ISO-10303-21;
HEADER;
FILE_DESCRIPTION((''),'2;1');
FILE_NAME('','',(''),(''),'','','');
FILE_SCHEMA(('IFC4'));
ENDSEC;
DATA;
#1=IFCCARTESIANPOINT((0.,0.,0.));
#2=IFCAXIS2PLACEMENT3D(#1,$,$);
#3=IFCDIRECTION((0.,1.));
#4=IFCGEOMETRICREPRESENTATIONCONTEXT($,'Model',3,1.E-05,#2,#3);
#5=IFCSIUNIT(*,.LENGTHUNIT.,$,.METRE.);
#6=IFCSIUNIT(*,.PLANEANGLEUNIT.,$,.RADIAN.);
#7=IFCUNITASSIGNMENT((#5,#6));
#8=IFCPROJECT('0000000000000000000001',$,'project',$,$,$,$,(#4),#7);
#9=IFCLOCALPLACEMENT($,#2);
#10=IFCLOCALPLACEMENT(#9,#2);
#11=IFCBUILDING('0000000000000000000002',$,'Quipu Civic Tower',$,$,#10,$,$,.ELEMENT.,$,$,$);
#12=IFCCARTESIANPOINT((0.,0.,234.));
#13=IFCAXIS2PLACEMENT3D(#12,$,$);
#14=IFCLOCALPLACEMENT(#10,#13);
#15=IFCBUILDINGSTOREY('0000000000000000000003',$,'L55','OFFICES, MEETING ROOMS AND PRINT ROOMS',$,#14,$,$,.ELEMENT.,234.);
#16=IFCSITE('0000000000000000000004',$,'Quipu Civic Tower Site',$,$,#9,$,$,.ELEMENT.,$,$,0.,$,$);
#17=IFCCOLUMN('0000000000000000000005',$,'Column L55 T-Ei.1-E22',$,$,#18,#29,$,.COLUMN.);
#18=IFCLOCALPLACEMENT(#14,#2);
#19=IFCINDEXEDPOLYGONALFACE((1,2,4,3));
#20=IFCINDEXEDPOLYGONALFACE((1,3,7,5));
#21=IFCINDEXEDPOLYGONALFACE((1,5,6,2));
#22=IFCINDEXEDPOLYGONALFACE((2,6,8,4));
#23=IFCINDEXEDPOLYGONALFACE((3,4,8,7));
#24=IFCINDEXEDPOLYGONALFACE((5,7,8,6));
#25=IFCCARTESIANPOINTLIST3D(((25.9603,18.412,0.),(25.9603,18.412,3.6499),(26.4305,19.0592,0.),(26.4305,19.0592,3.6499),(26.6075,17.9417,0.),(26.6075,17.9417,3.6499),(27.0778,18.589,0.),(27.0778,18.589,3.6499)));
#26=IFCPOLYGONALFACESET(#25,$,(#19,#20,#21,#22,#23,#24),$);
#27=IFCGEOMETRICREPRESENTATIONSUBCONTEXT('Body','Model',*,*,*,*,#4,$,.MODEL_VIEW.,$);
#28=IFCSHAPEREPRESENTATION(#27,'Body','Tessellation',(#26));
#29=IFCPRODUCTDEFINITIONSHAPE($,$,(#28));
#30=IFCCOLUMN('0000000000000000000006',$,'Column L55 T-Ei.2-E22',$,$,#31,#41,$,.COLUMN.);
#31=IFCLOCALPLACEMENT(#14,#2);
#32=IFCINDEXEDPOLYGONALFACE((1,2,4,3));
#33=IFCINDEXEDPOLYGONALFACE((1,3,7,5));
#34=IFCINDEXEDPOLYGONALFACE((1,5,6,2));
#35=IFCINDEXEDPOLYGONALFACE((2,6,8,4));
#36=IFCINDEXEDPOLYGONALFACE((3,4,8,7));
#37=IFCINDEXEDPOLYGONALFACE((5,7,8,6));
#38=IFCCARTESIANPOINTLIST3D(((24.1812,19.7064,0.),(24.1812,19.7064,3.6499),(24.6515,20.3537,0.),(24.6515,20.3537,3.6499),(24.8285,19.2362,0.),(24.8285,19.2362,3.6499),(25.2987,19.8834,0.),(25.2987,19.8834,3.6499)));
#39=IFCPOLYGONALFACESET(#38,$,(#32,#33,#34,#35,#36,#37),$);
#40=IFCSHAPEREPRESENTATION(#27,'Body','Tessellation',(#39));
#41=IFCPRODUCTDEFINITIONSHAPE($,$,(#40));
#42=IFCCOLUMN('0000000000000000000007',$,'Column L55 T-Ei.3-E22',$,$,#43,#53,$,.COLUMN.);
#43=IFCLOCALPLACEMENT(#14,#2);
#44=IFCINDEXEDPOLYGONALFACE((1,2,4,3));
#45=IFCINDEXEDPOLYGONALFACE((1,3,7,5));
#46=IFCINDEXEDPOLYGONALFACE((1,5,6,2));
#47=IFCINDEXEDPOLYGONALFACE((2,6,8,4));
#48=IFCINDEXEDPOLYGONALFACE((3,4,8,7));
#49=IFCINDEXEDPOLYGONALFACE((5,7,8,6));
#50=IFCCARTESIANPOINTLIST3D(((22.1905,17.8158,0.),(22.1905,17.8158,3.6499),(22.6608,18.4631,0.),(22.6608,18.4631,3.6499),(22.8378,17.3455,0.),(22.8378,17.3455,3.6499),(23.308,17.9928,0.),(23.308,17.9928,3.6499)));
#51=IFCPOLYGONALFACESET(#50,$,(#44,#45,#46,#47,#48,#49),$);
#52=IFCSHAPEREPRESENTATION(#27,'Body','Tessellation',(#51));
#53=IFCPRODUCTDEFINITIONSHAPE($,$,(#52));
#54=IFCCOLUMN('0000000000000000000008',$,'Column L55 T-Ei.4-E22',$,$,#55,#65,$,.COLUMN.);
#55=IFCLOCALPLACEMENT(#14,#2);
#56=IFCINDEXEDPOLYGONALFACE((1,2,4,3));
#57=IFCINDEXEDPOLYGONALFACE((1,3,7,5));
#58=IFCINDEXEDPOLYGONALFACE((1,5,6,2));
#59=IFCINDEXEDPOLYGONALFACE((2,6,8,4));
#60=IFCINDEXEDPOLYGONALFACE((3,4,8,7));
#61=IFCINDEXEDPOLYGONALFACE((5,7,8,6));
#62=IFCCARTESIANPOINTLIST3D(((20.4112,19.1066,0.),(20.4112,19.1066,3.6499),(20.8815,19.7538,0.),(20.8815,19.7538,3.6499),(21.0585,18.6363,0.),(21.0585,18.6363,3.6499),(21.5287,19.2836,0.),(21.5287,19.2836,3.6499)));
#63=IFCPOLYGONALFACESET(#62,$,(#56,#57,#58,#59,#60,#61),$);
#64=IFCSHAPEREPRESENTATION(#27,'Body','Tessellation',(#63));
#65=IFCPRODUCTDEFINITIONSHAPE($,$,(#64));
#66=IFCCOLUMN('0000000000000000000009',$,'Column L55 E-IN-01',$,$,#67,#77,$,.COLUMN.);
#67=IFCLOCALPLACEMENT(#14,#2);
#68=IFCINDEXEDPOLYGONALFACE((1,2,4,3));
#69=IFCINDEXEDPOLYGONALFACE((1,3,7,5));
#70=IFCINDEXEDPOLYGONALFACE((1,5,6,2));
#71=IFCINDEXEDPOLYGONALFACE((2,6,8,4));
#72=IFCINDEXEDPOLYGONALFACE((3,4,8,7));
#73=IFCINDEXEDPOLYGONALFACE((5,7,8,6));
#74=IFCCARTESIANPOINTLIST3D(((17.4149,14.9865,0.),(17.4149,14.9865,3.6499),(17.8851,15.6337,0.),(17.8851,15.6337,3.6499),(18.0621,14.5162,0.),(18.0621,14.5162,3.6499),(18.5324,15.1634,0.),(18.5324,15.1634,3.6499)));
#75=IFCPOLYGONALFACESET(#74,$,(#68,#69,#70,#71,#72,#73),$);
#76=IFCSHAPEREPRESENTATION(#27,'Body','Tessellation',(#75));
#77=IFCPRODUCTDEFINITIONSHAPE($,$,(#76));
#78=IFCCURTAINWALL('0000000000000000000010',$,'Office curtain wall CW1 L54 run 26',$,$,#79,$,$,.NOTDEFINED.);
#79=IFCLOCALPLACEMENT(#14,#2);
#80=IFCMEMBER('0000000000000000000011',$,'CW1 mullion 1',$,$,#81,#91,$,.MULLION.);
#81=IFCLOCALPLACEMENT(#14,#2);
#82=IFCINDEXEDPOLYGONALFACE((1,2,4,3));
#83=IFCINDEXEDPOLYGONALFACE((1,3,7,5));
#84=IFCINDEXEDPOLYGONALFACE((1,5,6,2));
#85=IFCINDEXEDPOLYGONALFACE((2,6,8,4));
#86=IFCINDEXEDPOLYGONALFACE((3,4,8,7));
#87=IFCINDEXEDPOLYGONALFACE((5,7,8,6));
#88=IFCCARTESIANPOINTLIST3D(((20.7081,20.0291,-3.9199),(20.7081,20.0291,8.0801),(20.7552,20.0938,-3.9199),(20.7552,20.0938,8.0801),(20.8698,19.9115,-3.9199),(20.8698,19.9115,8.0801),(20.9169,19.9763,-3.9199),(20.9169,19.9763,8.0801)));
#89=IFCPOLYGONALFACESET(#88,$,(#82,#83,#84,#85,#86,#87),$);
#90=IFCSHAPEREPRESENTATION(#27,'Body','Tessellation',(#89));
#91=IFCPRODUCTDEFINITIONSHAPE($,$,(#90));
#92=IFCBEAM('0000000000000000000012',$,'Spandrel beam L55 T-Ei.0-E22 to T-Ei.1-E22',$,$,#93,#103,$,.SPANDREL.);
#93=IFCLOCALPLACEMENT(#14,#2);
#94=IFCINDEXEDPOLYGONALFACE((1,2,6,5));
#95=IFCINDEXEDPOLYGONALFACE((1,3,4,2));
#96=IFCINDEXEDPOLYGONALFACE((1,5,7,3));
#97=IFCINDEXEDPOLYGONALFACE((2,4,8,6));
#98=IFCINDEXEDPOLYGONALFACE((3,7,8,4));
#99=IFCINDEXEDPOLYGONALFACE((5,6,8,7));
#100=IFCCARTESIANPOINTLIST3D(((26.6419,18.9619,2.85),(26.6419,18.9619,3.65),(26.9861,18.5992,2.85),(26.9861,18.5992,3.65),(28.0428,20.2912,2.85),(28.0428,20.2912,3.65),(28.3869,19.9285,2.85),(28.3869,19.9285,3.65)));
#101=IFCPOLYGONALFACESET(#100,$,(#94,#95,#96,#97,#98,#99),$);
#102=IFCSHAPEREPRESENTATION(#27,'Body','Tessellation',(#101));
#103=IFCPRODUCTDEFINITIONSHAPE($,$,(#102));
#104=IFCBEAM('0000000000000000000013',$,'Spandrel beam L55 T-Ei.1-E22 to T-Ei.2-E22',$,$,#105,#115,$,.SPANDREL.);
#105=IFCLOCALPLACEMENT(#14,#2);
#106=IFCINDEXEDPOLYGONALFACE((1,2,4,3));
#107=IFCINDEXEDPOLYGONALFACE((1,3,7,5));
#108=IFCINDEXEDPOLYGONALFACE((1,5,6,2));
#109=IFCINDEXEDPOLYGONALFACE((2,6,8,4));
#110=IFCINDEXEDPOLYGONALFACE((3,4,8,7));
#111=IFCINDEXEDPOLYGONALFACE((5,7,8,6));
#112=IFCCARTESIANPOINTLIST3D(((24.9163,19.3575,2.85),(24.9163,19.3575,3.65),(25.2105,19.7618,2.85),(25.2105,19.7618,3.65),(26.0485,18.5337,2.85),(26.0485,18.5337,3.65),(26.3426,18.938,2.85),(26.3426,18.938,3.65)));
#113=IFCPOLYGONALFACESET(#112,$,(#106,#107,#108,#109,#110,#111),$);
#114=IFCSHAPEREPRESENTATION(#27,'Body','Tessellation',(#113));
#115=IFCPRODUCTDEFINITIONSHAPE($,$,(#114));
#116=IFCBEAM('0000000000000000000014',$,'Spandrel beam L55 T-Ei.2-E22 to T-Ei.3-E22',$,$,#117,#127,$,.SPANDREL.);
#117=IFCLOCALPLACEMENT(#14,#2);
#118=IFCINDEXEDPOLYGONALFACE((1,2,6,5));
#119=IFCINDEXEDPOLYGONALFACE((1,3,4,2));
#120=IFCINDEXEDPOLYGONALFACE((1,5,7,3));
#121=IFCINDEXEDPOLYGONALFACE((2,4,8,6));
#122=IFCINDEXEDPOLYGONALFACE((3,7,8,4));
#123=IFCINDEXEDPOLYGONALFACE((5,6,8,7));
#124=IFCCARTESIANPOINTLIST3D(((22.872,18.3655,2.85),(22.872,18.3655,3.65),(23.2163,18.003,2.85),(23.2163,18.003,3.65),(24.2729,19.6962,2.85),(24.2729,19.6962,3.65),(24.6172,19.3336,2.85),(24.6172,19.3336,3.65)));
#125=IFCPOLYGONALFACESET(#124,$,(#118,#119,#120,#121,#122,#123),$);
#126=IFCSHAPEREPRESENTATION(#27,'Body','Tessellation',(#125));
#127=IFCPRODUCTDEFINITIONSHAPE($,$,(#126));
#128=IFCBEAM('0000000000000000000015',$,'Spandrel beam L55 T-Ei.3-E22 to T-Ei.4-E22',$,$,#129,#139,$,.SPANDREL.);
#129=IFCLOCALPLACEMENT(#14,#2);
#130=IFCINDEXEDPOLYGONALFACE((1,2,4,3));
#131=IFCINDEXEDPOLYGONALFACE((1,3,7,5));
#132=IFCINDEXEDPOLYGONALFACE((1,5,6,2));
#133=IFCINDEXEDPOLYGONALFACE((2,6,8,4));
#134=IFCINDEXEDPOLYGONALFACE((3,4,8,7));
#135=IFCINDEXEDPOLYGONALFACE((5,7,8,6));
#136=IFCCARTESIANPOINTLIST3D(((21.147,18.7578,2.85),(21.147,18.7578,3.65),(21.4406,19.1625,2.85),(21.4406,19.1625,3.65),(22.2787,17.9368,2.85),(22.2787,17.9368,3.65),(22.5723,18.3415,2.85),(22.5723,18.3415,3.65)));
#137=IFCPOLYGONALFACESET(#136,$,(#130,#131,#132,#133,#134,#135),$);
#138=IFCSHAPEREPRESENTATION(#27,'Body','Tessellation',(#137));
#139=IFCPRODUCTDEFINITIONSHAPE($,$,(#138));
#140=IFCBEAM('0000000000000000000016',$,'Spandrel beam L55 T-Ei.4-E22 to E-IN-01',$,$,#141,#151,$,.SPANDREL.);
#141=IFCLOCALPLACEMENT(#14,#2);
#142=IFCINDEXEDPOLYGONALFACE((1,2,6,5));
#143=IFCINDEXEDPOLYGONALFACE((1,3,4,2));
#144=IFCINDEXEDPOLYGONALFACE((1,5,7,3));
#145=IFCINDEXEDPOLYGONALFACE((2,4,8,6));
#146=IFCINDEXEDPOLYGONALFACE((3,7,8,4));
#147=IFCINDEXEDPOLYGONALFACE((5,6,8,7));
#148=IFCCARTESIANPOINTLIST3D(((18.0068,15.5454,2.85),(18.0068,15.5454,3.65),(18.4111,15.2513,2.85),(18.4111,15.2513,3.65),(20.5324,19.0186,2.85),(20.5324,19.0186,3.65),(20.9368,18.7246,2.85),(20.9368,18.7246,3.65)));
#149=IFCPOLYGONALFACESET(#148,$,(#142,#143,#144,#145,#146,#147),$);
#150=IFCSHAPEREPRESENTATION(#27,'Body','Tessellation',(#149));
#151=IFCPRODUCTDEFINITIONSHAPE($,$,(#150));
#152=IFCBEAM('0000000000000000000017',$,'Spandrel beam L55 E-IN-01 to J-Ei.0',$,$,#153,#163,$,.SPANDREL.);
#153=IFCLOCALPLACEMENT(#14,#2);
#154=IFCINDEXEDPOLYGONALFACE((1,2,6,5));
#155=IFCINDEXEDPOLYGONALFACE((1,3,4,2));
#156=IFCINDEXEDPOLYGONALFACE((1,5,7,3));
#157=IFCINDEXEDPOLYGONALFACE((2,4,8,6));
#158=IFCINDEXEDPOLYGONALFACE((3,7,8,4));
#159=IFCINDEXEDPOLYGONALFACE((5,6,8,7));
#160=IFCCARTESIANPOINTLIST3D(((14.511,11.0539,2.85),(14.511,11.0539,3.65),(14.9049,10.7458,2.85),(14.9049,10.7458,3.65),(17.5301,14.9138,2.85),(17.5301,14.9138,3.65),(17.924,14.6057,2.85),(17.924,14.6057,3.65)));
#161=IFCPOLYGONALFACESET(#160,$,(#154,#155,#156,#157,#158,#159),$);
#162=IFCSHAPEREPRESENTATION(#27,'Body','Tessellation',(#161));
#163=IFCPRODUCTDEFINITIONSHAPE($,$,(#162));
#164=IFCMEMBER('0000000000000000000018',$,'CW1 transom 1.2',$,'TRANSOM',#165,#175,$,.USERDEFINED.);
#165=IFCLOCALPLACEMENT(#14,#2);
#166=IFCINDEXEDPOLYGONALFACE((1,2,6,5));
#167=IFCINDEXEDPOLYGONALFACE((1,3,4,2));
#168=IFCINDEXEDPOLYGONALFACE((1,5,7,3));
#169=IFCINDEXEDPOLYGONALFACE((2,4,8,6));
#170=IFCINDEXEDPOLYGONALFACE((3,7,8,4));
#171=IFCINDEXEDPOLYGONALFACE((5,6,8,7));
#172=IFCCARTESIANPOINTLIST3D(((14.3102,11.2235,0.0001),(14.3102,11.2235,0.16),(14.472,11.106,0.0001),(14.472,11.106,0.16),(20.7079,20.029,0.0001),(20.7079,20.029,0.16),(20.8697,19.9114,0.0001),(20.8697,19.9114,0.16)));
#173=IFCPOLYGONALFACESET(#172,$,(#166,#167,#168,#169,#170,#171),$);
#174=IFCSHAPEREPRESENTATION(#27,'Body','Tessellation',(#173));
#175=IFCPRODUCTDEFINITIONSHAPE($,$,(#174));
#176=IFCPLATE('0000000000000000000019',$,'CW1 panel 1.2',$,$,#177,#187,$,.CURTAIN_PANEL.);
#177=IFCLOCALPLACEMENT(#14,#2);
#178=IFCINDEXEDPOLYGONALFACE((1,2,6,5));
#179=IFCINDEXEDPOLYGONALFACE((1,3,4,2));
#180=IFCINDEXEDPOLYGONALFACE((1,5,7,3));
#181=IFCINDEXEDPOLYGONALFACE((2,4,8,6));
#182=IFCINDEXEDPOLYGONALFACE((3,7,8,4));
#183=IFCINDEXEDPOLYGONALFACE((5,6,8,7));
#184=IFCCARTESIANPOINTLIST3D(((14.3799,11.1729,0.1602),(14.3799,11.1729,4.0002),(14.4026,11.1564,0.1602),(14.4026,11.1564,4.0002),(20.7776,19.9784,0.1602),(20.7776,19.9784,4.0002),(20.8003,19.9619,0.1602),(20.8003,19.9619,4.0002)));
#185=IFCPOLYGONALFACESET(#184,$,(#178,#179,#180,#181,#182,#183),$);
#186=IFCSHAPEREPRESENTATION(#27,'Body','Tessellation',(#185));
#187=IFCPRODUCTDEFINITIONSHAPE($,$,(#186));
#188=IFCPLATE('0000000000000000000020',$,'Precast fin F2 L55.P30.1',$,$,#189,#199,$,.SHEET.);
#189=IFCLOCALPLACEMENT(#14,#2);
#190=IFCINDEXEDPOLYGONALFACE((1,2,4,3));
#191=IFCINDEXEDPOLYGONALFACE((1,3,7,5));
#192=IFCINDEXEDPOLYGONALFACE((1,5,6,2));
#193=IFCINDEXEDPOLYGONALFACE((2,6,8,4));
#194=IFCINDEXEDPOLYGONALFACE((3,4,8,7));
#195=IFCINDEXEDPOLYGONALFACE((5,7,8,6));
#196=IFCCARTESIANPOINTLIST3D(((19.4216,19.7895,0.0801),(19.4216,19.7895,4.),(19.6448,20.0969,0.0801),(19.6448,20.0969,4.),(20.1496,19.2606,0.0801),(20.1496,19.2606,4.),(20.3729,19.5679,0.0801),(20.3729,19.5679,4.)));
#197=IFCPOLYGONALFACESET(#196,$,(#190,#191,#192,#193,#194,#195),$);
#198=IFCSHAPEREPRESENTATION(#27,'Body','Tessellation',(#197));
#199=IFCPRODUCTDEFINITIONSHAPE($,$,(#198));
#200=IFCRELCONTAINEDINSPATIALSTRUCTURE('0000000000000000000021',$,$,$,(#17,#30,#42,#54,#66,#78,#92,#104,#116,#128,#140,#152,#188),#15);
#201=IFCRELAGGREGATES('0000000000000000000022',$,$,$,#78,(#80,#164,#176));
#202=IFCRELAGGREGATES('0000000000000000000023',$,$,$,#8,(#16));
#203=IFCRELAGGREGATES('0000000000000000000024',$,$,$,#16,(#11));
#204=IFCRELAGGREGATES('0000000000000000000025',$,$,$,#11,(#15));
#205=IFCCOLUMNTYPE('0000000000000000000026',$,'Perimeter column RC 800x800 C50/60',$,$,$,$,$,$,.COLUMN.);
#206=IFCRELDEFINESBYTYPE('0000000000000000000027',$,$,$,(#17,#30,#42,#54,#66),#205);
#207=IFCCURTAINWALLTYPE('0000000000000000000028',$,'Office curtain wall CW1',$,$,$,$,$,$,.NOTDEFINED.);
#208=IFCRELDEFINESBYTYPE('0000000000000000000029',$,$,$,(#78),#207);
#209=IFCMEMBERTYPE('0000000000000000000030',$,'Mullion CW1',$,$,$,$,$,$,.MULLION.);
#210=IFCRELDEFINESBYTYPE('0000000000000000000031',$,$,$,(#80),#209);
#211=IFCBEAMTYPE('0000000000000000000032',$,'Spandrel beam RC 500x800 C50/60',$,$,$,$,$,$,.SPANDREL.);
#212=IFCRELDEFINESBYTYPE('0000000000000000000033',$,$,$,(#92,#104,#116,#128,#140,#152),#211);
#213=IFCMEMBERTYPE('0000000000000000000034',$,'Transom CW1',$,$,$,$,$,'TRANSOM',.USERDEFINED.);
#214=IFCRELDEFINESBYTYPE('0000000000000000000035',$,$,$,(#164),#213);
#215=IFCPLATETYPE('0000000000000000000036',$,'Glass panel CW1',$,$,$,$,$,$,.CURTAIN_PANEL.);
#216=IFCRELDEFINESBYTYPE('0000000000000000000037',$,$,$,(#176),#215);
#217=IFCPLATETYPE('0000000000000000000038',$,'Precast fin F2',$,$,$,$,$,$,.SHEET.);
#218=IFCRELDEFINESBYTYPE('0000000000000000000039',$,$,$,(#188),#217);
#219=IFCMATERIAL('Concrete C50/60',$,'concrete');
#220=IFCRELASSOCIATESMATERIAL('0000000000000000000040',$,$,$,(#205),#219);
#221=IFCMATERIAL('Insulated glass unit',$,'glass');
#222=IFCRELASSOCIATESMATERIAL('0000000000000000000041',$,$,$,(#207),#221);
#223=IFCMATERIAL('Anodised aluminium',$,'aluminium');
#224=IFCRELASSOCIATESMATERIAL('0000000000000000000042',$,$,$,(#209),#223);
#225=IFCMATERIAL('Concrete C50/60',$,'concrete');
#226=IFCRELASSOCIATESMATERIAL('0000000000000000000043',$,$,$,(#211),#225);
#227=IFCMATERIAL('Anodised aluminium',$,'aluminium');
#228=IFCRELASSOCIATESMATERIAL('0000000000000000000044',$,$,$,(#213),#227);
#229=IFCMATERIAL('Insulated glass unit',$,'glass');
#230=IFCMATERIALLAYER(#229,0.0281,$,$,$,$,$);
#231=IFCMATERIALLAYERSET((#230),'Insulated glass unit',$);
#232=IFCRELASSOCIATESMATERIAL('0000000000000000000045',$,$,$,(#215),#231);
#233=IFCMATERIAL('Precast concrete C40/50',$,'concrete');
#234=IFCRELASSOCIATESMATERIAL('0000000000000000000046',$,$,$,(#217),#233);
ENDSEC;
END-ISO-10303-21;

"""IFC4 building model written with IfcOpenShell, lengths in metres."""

from ifc_helpers import new_model, si_unit, direction, frame, origin, origin_2d, place, context, subcontext, project, spatial, rectangle, extrude, material, layer, layer_set, material_profile, profile_set, type_object, element, aggregate, save


model = new_model("IFC4")

# Units and contexts
model_context = context("Model", 3, precision=1e-05, world=origin(), true_north=direction((0.0, 1.0)))
body_context = subcontext(model_context, "Body", "Model", "MODEL_VIEW")
ifc_project = project(units=[si_unit("LENGTHUNIT", "METRE"), si_unit("PLANEANGLEUNIT", "RADIAN")], contexts=[model_context])

# Site, building, storey
site_placement = place(None, origin())
site = spatial("IfcSite", under=ifc_project, at=site_placement, Name="Quipu Civic Tower Site", CompositionType="ELEMENT", RefElevation=0.0)
building_placement = place(site_placement, origin())
building = spatial("IfcBuilding", under=site, at=building_placement, Name="Quipu Civic Tower", CompositionType="ELEMENT")
storey_placement = place(building_placement, frame((0.0, 0.0, 234.0)))
storey = spatial("IfcBuildingStorey", under=building, at=storey_placement, Name="L55", Description="OFFICES, MEETING ROOMS AND PRINT ROOMS", CompositionType="ELEMENT", Elevation=234.0)

# Columns
ifc_material_1 = material(Name="Concrete C50/60", Category="concrete")
ifc_material_profile_1 = material_profile(ifc_material_1, rectangle(XDim=0.8, YDim=0.8, at=origin_2d()), Name="RC800x800")
ifc_profile_set_1 = profile_set([ifc_material_profile_1], Name="Concrete C50/60")
column_type = type_object("IfcColumnType", Name="Perimeter column RC 800x800 C50/60", PredefinedType="COLUMN", material=ifc_profile_set_1)
for number, where, z_axis, x_axis, name in (
    (1, (26.519, 18.5005, 0.0), (0.0, 0.0, 1.0), (-0.809017, 0.587785, 0.0), "Column L55 T-Ei.1-E22"),
    (2, (24.74, 19.7949, 0.0), (0.0, 0.0, 1.0), (-0.587785, -0.809017, 0.0), "Column L55 T-Ei.2-E22"),
    (3, (22.7493, 17.9043, 0.0), (0.0, 0.0, 1.0), (-0.587785, -0.809017, 0.0), "Column L55 T-Ei.3-E22"),
    (4, (20.97, 19.1951, 0.0), (0.0, 0.0, 1.0), (-0.587785, -0.809017, 0.0), "Column L55 T-Ei.4-E22"),
    (5, (17.9736, 15.075, 0.0), (0.0, 0.0, 1.0), (-0.587785, -0.809017, 0.0), "Column L55 E-IN-01"),
):
    element("IfcColumn", number, at=place(storey_placement, frame(where, z_axis=z_axis, x_axis=x_axis)), inside=storey, type_object=column_type, Name=name, PredefinedType="COLUMN", context=body_context, shape_type="SweptSolid", body=[
        extrude(rectangle(XDim=0.8, YDim=0.8, at=origin_2d()), origin(), (0.0, 0.0, 1.0), 3.6499),
    ])

# Curtain wall, member
ifc_material_2 = material(Name="Insulated glass unit", Category="glass")
curtain_wall_type = type_object("IfcCurtainWallType", Name="Office curtain wall CW1", PredefinedType="NOTDEFINED", material=ifc_material_2)
curtain_wall_placement = place(storey_placement, origin())
curtain_wall = element("IfcCurtainWall", 6, at=curtain_wall_placement, inside=storey, type_object=curtain_wall_type, Name="Office curtain wall CW1 L54 run 26", PredefinedType="NOTDEFINED")
ifc_material_3 = material(Name="Anodised aluminium", Category="aluminium")
ifc_material_profile_2 = material_profile(ifc_material_3, rectangle(XDim=0.2, YDim=0.0801, at=origin_2d()), Name="RECT 200x80")
ifc_profile_set_2 = profile_set([ifc_material_profile_2], Name="Anodised aluminium")
member_type_1 = type_object("IfcMemberType", Name="Mullion CW1", PredefinedType="MULLION", material=ifc_profile_set_2)
member_1_placement = place(storey_placement, frame((20.8125, 20.0027, -3.9199), z_axis=(0.0, 0.0, 1.0), x_axis=(0.809015, -0.587788, 0.0)))
member_1 = element("IfcMember", 7, at=member_1_placement, type_object=member_type_1, Name="CW1 mullion 1", PredefinedType="MULLION", context=body_context, shape_type="SweptSolid", body=[
    extrude(rectangle(XDim=0.2, YDim=0.0801, at=origin_2d()), origin(), (0.0, 0.0, 1.0), 12.0),
])

# Beams
ifc_material_4 = material(Name="Concrete C50/60", Category="concrete")
ifc_material_profile_3 = material_profile(ifc_material_4, rectangle(XDim=0.5, YDim=0.8, at=origin_2d()), Name="RC500x800")
ifc_profile_set_3 = profile_set([ifc_material_profile_3], Name="Concrete C50/60")
beam_type = type_object("IfcBeamType", Name="Spandrel beam RC 500x800 C50/60", PredefinedType="SPANDREL", material=ifc_profile_set_3)
beam_1_placement = place(storey_placement, frame((28.2148, 20.1099, 3.25), z_axis=(-0.725384, -0.688344, 0.0), x_axis=(0.688344, -0.725384, 0.0)))
element("IfcBeam", 8, at=beam_1_placement, inside=storey, type_object=beam_type, Name="Spandrel beam L55 T-Ei.0-E22 to T-Ei.1-E22", PredefinedType="SPANDREL", context=body_context, shape_type="SweptSolid", body=[
    extrude(rectangle(XDim=0.5, YDim=0.8, at=origin_2d()), origin(), (0.0, 0.0, 1.0), 1.9312),
])
beam_2_placement = place(storey_placement, frame((26.1956, 18.7358, 3.25), z_axis=(-0.8086, 0.588358, 0.0), x_axis=(-0.588358, -0.8086, 0.0)))
element("IfcBeam", 9, at=beam_2_placement, inside=storey, type_object=beam_type, Name="Spandrel beam L55 T-Ei.1-E22 to T-Ei.2-E22", PredefinedType="SPANDREL", context=body_context, shape_type="SweptSolid", body=[
    extrude(rectangle(XDim=0.5, YDim=0.8, at=origin_2d()), origin(), (0.0, 0.0, 1.0), 1.4001),
])
beam_3_placement = place(storey_placement, frame((24.4451, 19.5149, 3.25), z_axis=(-0.725069, -0.688676, 0.0), x_axis=(0.688676, -0.725069, 0.0)))
element("IfcBeam", 10, at=beam_3_placement, inside=storey, type_object=beam_type, Name="Spandrel beam L55 T-Ei.2-E22 to T-Ei.3-E22", PredefinedType="SPANDREL", context=body_context, shape_type="SweptSolid", body=[
    extrude(rectangle(XDim=0.5, YDim=0.8, at=origin_2d()), origin(), (0.0, 0.0, 1.0), 1.9321),
])
beam_4_placement = place(storey_placement, frame((22.4255, 18.1392, 3.25), z_axis=(-0.809453, 0.587185, 0.0), x_axis=(-0.587185, -0.809453, 0.0)))
element("IfcBeam", 11, at=beam_4_placement, inside=storey, type_object=beam_type, Name="Spandrel beam L55 T-Ei.3-E22 to T-Ei.4-E22", PredefinedType="SPANDREL", context=body_context, shape_type="SweptSolid", body=[
    extrude(rectangle(XDim=0.5, YDim=0.8, at=origin_2d()), origin(), (0.0, 0.0, 1.0), 1.3982),
])
beam_5_placement = place(storey_placement, frame((20.7346, 18.8716, 3.25), z_axis=(-0.588128, -0.808768, 0.0), x_axis=(0.808768, -0.588128, 0.0)))
element("IfcBeam", 12, at=beam_5_placement, inside=storey, type_object=beam_type, Name="Spandrel beam L55 T-Ei.4-E22 to E-IN-01", PredefinedType="SPANDREL", context=body_context, shape_type="SweptSolid", body=[
    extrude(rectangle(XDim=0.5, YDim=0.8, at=origin_2d()), origin(), (0.0, 0.0, 1.0), 4.2944),
])
beam_6_placement = place(storey_placement, frame((17.7271, 14.7598, 3.25), z_axis=(-0.616091, -0.787675, 0.0), x_axis=(0.787675, -0.616091, 0.0)))
element("IfcBeam", 13, at=beam_6_placement, inside=storey, type_object=beam_type, Name="Spandrel beam L55 E-IN-01 to J-Ei.0", PredefinedType="SPANDREL", context=body_context, shape_type="SweptSolid", body=[
    extrude(rectangle(XDim=0.5, YDim=0.8, at=origin_2d()), origin(), (0.0, 0.0, 1.0), 4.9004),
])

# Member
ifc_material_5 = material(Name="Anodised aluminium", Category="aluminium")
ifc_material_profile_4 = material_profile(ifc_material_5, rectangle(XDim=0.2, YDim=0.1599, at=origin_2d()), Name="RECT 200x160")
ifc_profile_set_4 = profile_set([ifc_material_profile_4], Name="Anodised aluminium")
member_type_2 = type_object("IfcMemberType", Name="Transom CW1", ElementType="TRANSOM", PredefinedType="USERDEFINED", material=ifc_profile_set_4)
member_2_placement = place(storey_placement, frame((20.7888, 19.9702, 0.0801), z_axis=(-0.587797, -0.809009, 0.0), x_axis=(0.809009, -0.587797, 0.0)))
member_2 = element("IfcMember", 14, at=member_2_placement, type_object=member_type_2, Name="CW1 transom 1.2", ObjectType="TRANSOM", PredefinedType="USERDEFINED", context=body_context, shape_type="SweptSolid", body=[
    extrude(rectangle(XDim=0.2, YDim=0.1599, at=origin_2d()), origin(), (0.0, 0.0, 1.0), 10.8843),
])

# Plate
ifc_material_6 = material(Name="Insulated glass unit", Category="glass")
ifc_layer_1 = layer(ifc_material_6, 0.0281)
ifc_layer_set_1 = layer_set([ifc_layer_1], Name="Insulated glass unit")
plate_type_1 = type_object("IfcPlateType", Name="Glass panel CW1", PredefinedType="CURTAIN_PANEL", material=ifc_layer_set_1)
plate_placement = place(storey_placement, frame((17.5901, 15.5674, 0.1602), z_axis=(0.0, 0.0, 1.0), x_axis=(-0.587788, -0.809015, 0.0)))
plate = element("IfcPlate", 15, at=plate_placement, type_object=plate_type_1, Name="CW1 panel 1.2", PredefinedType="CURTAIN_PANEL", context=body_context, shape_type="SweptSolid", body=[
    extrude(rectangle(XDim=10.8843, YDim=0.0281, at=origin_2d()), origin(), (0.0, 0.0, 1.0), 3.8401),
])
aggregate(curtain_wall, [member_1, member_2, plate])

# Plate
ifc_material_7 = material(Name="Precast concrete C40/50", Category="concrete")
plate_type_2 = type_object("IfcPlateType", Name="Precast fin F2", PredefinedType="SHEET", material=ifc_material_7)
for number, where, z_axis, x_axis, name in (
    (16, (19.8972, 19.6787, 0.0801), (0.0, 0.0, 1.0), (-0.587784, -0.809018, 0.0), "Precast fin F2 L55.P30.1"),
):
    element("IfcPlate", number, at=place(storey_placement, frame(where, z_axis=z_axis, x_axis=x_axis)), inside=storey, type_object=plate_type_2, Name=name, PredefinedType="SHEET", context=body_context, shape_type="SweptSolid", body=[
        extrude(rectangle(XDim=0.3799, YDim=0.8999, at=origin_2d()), origin(), (0.0, 0.0, 1.0), 3.9199),
    ])

save(model, "model.ifc")
